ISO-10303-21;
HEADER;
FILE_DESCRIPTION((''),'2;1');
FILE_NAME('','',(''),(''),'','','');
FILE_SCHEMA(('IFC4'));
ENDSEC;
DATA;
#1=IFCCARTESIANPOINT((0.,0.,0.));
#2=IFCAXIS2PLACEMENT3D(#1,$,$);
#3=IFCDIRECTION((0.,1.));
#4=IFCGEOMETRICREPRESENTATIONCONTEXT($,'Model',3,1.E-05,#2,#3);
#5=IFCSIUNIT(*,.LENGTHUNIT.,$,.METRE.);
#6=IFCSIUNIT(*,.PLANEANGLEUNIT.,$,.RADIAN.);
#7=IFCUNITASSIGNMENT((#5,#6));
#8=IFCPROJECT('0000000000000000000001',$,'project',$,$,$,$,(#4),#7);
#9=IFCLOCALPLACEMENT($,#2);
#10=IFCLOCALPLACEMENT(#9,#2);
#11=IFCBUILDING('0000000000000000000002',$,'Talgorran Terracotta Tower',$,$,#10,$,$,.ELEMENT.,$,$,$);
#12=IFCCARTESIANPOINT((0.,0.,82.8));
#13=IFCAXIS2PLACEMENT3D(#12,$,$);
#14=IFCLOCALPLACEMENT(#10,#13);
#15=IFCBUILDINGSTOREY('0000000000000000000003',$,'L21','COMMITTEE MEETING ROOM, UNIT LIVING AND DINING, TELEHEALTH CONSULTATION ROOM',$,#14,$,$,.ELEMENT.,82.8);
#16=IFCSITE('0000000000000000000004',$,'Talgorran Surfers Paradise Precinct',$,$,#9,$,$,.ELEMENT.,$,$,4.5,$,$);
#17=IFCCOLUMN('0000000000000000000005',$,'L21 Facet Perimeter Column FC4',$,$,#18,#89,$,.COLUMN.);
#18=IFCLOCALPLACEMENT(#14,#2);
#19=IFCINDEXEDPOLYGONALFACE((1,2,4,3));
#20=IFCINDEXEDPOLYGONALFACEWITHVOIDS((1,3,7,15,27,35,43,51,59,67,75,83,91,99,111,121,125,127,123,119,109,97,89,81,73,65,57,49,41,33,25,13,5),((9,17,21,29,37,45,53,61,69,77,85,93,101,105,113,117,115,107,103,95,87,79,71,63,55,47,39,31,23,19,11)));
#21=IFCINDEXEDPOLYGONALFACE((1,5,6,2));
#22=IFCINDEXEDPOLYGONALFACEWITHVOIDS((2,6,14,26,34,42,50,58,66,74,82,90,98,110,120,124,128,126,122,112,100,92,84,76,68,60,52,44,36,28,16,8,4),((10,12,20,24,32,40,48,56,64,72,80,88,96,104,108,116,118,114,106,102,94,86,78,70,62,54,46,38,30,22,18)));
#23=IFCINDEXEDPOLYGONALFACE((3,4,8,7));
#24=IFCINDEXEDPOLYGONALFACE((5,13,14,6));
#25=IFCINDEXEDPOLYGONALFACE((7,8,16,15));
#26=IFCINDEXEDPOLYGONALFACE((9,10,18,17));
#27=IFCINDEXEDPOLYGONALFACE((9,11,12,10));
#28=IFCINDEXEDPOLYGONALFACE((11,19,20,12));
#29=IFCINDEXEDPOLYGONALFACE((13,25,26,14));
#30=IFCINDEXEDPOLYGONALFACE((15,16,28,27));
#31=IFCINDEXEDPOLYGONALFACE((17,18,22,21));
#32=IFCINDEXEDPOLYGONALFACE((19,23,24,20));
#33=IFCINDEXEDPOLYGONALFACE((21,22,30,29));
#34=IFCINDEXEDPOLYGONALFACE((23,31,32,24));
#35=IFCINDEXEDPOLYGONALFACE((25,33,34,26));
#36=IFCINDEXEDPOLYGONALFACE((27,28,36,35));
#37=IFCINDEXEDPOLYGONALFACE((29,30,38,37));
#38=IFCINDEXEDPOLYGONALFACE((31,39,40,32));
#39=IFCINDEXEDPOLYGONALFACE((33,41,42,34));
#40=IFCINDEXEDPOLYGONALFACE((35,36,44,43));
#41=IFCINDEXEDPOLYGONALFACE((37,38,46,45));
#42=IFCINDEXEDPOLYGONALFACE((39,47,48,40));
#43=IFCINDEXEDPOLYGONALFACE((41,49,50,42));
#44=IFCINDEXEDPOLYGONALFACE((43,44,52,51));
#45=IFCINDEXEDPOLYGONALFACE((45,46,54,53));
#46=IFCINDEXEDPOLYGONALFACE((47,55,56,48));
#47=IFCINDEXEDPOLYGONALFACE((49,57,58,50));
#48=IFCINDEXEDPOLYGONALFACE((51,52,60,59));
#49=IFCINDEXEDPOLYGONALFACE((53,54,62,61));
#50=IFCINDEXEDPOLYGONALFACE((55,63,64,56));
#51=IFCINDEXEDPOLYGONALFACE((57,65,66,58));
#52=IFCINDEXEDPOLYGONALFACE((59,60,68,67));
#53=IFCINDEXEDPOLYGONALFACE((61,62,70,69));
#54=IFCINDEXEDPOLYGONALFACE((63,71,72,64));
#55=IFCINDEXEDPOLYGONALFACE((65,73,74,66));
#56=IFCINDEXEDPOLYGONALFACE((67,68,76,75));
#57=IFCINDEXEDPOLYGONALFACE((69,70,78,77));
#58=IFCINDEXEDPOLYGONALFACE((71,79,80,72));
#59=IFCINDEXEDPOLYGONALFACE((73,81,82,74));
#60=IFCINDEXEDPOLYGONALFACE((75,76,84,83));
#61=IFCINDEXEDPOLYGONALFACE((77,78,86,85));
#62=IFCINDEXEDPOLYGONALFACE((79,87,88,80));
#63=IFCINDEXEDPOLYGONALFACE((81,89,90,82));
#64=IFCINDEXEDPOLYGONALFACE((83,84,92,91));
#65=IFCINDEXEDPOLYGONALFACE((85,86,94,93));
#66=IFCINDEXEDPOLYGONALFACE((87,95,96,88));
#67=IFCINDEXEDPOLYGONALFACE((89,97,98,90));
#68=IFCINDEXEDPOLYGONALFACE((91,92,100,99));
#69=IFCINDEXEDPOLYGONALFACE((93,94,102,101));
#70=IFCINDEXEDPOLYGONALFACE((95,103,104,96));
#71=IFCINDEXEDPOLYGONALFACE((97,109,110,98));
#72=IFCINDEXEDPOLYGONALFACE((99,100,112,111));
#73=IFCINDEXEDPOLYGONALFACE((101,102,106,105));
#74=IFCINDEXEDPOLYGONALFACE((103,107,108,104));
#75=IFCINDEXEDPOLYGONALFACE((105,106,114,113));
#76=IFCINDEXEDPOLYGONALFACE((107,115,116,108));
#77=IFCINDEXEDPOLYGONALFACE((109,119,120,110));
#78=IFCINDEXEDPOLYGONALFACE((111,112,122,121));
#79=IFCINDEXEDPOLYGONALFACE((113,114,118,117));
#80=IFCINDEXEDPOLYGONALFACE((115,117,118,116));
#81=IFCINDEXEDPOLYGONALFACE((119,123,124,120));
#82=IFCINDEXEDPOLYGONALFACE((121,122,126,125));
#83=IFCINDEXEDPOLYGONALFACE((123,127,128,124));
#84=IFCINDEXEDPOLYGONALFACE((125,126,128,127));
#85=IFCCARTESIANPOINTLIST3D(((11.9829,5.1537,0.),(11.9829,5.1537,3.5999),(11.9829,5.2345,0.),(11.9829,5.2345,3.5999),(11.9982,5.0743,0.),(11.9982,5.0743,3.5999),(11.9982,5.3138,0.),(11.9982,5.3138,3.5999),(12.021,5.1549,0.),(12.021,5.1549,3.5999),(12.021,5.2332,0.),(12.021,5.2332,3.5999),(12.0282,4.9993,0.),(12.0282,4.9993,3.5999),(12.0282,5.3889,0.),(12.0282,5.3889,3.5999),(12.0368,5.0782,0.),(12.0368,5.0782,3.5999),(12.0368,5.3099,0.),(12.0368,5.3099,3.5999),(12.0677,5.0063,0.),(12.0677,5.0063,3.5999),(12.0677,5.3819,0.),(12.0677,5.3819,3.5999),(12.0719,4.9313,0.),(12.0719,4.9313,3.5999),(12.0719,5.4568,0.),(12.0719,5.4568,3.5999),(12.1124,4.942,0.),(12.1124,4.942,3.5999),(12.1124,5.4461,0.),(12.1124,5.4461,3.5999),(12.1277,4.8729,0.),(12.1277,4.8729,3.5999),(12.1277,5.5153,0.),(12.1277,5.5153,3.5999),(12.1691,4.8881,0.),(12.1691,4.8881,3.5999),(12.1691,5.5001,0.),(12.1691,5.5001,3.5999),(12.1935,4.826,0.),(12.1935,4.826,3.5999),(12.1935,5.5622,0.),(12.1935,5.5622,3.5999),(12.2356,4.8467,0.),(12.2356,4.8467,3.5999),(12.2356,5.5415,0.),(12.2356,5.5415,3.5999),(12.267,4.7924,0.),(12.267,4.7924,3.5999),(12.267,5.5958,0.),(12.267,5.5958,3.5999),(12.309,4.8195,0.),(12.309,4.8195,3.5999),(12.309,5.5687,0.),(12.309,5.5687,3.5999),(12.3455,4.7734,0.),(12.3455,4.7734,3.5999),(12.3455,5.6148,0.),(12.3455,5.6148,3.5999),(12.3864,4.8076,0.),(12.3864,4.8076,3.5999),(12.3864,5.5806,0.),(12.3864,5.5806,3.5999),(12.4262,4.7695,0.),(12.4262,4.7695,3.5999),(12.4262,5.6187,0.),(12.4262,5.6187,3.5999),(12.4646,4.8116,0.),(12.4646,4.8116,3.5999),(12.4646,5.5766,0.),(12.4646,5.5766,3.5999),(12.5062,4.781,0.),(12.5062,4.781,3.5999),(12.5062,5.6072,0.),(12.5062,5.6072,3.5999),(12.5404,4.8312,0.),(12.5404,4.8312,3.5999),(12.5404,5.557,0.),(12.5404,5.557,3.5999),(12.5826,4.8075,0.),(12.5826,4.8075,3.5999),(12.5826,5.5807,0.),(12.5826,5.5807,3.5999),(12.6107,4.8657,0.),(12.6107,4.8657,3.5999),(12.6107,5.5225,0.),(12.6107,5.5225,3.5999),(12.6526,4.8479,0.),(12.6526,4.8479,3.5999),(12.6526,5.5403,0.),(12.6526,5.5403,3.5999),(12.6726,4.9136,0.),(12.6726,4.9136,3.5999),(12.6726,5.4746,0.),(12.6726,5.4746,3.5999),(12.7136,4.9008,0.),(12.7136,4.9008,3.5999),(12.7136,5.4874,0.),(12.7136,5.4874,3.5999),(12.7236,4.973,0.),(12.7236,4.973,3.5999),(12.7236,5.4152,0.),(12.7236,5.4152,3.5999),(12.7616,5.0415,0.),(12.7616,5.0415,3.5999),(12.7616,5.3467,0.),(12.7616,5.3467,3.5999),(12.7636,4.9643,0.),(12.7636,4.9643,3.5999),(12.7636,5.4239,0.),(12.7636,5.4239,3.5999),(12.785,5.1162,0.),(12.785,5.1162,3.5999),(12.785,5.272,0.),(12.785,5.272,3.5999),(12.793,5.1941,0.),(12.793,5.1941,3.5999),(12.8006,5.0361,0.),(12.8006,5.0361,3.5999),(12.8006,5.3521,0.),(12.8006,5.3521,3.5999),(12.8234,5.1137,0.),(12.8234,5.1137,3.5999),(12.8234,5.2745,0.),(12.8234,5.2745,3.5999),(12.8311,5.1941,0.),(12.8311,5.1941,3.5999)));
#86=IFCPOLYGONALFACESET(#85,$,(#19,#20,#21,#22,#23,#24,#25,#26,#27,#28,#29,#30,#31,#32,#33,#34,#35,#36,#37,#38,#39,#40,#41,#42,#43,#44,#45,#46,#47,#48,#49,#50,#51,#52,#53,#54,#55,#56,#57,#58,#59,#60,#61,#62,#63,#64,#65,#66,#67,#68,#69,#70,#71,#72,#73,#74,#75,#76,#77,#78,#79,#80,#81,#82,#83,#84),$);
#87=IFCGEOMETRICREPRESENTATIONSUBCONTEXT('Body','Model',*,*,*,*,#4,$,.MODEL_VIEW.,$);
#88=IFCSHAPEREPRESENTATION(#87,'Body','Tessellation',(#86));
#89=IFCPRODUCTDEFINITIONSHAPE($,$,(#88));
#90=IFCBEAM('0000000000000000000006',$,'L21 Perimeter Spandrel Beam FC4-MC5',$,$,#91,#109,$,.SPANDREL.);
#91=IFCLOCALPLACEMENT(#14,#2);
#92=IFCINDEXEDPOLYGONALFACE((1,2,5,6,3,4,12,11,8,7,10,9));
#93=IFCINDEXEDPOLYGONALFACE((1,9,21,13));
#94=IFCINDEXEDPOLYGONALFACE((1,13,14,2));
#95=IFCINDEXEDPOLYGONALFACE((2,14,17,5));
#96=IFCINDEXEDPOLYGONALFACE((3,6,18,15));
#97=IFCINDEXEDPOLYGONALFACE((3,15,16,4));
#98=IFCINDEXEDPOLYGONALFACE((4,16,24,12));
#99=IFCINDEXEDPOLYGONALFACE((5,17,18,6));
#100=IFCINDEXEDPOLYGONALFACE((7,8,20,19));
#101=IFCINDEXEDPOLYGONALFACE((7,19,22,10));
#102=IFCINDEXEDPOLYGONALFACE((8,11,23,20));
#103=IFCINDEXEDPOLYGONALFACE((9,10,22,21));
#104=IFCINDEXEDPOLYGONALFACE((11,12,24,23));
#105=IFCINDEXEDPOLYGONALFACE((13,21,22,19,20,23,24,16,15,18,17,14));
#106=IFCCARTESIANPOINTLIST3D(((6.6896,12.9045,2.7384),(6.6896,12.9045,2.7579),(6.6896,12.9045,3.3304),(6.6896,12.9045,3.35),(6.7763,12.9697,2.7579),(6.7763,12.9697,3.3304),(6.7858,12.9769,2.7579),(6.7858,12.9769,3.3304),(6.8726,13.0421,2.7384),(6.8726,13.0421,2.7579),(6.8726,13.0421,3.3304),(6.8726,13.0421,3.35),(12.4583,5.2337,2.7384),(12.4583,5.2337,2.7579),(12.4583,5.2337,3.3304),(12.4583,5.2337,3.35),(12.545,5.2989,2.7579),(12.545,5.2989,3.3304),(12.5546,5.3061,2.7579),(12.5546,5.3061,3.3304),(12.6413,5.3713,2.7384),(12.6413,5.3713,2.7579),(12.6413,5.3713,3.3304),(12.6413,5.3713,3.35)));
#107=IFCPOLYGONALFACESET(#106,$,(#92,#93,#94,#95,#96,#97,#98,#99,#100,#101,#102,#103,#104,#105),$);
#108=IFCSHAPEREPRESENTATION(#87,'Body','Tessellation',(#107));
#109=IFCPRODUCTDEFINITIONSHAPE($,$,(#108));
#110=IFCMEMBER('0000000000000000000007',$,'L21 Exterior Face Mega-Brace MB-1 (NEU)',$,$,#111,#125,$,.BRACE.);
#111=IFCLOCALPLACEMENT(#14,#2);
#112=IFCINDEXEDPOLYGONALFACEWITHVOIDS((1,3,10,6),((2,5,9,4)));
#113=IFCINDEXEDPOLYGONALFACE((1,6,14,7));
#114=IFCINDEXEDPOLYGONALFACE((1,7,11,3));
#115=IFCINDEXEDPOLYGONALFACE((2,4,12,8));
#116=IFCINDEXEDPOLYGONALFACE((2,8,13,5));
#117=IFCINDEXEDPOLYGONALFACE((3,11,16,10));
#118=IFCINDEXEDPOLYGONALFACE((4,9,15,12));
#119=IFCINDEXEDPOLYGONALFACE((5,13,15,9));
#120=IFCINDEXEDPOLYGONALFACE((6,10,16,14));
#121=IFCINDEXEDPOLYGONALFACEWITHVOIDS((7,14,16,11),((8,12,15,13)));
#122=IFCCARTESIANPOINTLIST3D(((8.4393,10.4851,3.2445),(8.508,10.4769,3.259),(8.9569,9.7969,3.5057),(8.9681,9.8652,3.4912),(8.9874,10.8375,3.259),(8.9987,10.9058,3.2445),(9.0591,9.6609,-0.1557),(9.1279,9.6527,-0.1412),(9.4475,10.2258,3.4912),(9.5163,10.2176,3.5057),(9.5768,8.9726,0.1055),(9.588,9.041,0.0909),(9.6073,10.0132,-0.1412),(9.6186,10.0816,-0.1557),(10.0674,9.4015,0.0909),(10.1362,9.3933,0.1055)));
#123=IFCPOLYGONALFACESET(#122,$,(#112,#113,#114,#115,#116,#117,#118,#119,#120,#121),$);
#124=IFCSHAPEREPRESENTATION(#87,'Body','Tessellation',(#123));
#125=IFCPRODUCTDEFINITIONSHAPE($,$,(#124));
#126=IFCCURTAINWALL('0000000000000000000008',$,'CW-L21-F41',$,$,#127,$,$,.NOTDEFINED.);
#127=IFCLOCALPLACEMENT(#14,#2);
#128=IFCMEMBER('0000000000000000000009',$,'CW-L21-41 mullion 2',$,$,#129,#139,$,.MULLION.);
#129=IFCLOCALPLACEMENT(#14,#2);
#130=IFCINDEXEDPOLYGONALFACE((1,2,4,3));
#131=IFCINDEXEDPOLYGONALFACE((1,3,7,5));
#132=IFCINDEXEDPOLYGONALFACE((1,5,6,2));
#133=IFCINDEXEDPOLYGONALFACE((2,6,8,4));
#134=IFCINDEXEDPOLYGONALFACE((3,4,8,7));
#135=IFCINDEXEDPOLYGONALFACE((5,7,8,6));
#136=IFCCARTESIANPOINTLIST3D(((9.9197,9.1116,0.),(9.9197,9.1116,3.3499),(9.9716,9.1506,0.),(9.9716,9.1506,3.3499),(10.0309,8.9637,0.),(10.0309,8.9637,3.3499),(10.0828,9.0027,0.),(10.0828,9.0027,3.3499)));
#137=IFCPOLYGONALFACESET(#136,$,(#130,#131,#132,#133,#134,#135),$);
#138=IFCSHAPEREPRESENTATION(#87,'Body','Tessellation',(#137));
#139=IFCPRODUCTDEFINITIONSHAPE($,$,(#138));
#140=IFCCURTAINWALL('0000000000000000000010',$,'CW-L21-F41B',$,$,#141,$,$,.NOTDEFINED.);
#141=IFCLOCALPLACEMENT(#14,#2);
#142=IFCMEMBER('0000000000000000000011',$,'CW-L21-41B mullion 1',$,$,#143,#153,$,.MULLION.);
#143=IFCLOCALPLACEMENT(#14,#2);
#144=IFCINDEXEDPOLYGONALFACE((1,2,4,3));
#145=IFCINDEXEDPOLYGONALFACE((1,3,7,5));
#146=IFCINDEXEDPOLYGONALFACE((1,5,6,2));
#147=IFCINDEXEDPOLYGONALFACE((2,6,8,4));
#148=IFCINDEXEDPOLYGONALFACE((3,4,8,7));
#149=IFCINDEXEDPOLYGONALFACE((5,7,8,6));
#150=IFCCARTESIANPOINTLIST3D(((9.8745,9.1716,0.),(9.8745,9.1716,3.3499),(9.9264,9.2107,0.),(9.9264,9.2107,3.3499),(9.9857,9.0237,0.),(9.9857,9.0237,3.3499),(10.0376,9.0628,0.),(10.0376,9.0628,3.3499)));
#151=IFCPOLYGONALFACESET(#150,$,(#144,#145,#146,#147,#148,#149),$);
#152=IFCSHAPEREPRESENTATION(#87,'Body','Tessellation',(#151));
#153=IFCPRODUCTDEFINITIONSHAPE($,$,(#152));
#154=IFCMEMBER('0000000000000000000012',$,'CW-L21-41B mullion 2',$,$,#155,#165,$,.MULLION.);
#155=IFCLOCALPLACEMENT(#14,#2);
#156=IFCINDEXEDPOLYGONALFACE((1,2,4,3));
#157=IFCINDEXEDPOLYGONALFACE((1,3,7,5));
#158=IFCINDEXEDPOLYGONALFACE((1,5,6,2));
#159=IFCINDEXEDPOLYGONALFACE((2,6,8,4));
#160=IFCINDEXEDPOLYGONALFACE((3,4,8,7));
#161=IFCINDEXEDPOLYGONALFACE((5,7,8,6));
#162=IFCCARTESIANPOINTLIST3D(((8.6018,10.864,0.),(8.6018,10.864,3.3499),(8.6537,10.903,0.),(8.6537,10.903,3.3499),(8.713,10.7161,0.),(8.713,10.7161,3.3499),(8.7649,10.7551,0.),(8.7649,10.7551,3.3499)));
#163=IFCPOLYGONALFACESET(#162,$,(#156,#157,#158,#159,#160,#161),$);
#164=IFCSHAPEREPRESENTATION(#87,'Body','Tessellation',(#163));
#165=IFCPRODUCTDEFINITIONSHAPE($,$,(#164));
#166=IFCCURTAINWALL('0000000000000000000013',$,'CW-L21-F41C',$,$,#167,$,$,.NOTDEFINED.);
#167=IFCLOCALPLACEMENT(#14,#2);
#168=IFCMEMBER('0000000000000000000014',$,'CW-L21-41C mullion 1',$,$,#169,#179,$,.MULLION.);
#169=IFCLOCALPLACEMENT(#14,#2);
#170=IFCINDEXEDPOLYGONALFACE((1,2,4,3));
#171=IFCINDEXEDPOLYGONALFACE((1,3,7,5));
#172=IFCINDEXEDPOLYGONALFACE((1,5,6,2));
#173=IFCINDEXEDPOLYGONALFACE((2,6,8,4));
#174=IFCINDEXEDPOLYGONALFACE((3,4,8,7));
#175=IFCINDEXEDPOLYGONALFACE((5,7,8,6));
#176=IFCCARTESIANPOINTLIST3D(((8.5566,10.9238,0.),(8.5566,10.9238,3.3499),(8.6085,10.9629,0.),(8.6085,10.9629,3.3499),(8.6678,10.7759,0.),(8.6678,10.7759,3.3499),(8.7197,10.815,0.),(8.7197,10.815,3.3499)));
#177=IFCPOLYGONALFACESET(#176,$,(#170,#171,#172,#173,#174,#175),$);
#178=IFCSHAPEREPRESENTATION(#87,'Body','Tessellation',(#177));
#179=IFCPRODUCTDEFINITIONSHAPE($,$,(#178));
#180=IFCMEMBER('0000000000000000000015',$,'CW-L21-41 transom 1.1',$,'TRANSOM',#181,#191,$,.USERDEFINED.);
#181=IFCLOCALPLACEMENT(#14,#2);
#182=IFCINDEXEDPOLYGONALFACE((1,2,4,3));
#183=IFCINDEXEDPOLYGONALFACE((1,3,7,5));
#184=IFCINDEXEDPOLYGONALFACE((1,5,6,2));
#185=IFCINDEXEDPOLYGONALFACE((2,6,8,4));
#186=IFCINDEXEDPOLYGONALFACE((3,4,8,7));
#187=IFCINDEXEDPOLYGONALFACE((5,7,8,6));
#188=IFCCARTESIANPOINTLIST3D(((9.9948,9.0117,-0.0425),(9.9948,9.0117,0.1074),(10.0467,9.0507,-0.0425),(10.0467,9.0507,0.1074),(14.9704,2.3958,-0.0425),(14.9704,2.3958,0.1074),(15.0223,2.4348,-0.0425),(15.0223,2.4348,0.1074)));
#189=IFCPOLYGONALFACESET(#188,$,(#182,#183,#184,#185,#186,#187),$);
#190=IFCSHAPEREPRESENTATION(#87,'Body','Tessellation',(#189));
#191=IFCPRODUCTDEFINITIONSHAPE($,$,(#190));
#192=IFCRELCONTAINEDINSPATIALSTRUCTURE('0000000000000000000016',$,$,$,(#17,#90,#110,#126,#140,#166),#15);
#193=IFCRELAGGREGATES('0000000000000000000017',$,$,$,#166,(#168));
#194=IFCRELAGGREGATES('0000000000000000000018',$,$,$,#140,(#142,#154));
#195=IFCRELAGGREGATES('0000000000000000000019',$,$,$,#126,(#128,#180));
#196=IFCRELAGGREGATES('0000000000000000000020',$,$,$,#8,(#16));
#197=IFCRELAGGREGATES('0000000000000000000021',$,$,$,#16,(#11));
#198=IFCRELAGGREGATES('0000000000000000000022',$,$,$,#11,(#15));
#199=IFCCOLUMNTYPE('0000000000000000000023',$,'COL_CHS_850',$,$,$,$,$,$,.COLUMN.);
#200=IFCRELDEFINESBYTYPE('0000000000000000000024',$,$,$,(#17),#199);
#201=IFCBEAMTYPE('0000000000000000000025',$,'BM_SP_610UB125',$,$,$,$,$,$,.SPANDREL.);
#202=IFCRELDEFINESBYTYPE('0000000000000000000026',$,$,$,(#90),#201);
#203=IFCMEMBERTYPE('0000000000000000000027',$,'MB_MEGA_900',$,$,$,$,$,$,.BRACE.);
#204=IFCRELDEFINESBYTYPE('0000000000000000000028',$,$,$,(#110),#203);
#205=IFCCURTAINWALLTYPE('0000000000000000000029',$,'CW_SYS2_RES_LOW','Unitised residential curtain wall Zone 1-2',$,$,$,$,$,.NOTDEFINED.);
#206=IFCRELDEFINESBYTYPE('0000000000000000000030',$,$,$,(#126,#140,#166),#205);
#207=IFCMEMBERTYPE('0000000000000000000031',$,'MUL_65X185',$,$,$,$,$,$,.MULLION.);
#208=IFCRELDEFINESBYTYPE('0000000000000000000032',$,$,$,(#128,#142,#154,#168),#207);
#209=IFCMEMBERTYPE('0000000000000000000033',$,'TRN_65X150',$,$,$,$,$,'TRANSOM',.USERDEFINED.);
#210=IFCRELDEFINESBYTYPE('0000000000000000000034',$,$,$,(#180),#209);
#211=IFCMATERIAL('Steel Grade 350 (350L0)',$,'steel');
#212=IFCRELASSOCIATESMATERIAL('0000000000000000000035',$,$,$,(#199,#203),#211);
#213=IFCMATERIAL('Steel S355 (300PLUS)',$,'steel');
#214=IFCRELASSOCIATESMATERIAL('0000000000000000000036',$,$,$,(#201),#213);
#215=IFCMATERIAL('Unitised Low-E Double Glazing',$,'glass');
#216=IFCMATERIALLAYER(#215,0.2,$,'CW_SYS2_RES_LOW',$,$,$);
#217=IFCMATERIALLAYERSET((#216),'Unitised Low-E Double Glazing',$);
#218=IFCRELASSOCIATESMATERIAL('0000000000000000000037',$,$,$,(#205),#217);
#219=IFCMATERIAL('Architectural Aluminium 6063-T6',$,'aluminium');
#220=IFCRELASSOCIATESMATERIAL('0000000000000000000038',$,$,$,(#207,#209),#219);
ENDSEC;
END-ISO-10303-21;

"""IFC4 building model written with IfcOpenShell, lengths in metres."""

from ifc_helpers import new_model, si_unit, direction, frame, origin, origin_2d, place, context, subcontext, project, spatial, rectangle, hollow_rectangle, hollow_circle, i_section, extrude, material, layer, layer_set, material_profile, profile_set, type_object, element, aggregate, save


model = new_model("IFC4")

# Units and contexts
model_context = context("Model", 3, precision=1e-05, world=origin(), true_north=direction((0.0, 1.0)))
body_context = subcontext(model_context, "Body", "Model", "MODEL_VIEW")
ifc_project = project(units=[si_unit("LENGTHUNIT", "METRE"), si_unit("PLANEANGLEUNIT", "RADIAN")], contexts=[model_context])

# Site, building, storey
site_placement = place(None, origin())
site = spatial("IfcSite", under=ifc_project, at=site_placement, Name="Talgorran Surfers Paradise Precinct", CompositionType="ELEMENT", RefElevation=4.5)
building_placement = place(site_placement, origin())
building = spatial("IfcBuilding", under=site, at=building_placement, Name="Talgorran Terracotta Tower", CompositionType="ELEMENT")
storey_placement = place(building_placement, frame((0.0, 0.0, 82.8)))
storey = spatial("IfcBuildingStorey", under=building, at=storey_placement, Name="L21", Description="COMMITTEE MEETING ROOM, UNIT LIVING AND DINING, TELEHEALTH CONSULTATION ROOM", CompositionType="ELEMENT", Elevation=82.8)

# Column
ifc_material_1 = material(Name="Steel Grade 350 (350L0)", Category="steel")
ifc_material_profile_1 = material_profile(ifc_material_1, hollow_circle(Radius=0.425, WallThickness=0.0381, at=origin_2d()), Name="CHS850X38")
ifc_profile_set_1 = profile_set([ifc_material_profile_1], Name="Steel Grade 350 (350L0)")
column_type = type_object("IfcColumnType", Name="COL_CHS_850", PredefinedType="COLUMN", material=ifc_profile_set_1)
column_placement = place(storey_placement, frame((12.406, 5.1941, 0.0), z_axis=(0.0, 0.0, 1.0), x_axis=(1.0, 0.0, 0.0)))
element("IfcColumn", 1, at=column_placement, inside=storey, type_object=column_type, Name="L21 Facet Perimeter Column FC4", PredefinedType="COLUMN", context=body_context, shape_type="SweptSolid", body=[
    extrude(hollow_circle(Radius=0.425, WallThickness=0.0381, at=origin_2d()), origin(), (0.0, 0.0, 1.0), 3.5999),
])

# Beam
ifc_material_2 = material(Name="Steel S355 (300PLUS)", Category="steel")
ifc_material_profile_2 = material_profile(ifc_material_2, i_section(OverallWidth=0.229, OverallDepth=0.6116, WebThickness=0.012, FlangeThickness=0.0195, at=origin_2d()), Name="610UB125")
ifc_profile_set_2 = profile_set([ifc_material_profile_2], Name="Steel S355 (300PLUS)")
beam_type = type_object("IfcBeamType", Name="BM_SP_610UB125", PredefinedType="SPANDREL", material=ifc_profile_set_2)
beam_placement = place(storey_placement, frame((12.5498, 5.3025, 3.0442), z_axis=(-0.601041, 0.799218, 0.0), x_axis=(-0.799218, -0.601041, 0.0)))
element("IfcBeam", 2, at=beam_placement, inside=storey, type_object=beam_type, Name="L21 Perimeter Spandrel Beam FC4-MC5", PredefinedType="SPANDREL", context=body_context, shape_type="SweptSolid", body=[
    extrude(i_section(OverallWidth=0.229, OverallDepth=0.6116, WebThickness=0.012, FlangeThickness=0.0195, at=origin_2d()), origin(), (0.0, 0.0, 1.0), 9.5979),
])

# Member
ifc_material_profile_3 = material_profile(ifc_material_1, hollow_rectangle(XDim=0.7, YDim=0.8999, WallThickness=0.05, at=origin_2d()), Name="WBOX900X700X50")
ifc_profile_set_3 = profile_set([ifc_material_profile_3], Name="Steel Grade 350 (350L0)")
member_type_1 = type_object("IfcMemberType", Name="MB_MEGA_900", PredefinedType="BRACE", material=ifc_profile_set_3)
member_1_placement = place(storey_placement, frame((9.5977, 9.5271, -0.0251), z_axis=(-0.174459, 0.231971, 0.95695), x_axis=(-0.799204, -0.60106, 0.0)))
element("IfcMember", 3, at=member_1_placement, inside=storey, type_object=member_type_1, Name="L21 Exterior Face Mega-Brace MB-1 (NEU)", PredefinedType="BRACE", context=body_context, shape_type="SweptSolid", body=[
    extrude(hollow_rectangle(XDim=0.7, YDim=0.8999, WallThickness=0.05, at=origin_2d()), origin(), (0.0, 0.0, 1.0), 3.5532),
])

# Curtain wall, member
ifc_material_3 = material(Name="Unitised Low-E Double Glazing", Category="glass")
ifc_layer_1 = layer(ifc_material_3, 0.2, Name="CW_SYS2_RES_LOW")
ifc_layer_set_1 = layer_set([ifc_layer_1], Name="Unitised Low-E Double Glazing")
curtain_wall_type = type_object("IfcCurtainWallType", Name="CW_SYS2_RES_LOW", Description="Unitised residential curtain wall Zone 1-2", PredefinedType="NOTDEFINED", material=ifc_layer_set_1)
curtain_wall_1_placement = place(storey_placement, origin())
curtain_wall_1 = element("IfcCurtainWall", 4, at=curtain_wall_1_placement, inside=storey, type_object=curtain_wall_type, Name="CW-L21-F41", PredefinedType="NOTDEFINED")
ifc_material_4 = material(Name="Architectural Aluminium 6063-T6", Category="aluminium")
ifc_material_profile_4 = material_profile(ifc_material_4, rectangle(XDim=0.0649, YDim=0.1851, at=origin_2d()), Name="CWM65X185")
ifc_profile_set_4 = profile_set([ifc_material_profile_4], Name="Architectural Aluminium 6063-T6")
member_type_2 = type_object("IfcMemberType", Name="MUL_65X185", PredefinedType="MULLION", material=ifc_profile_set_4)
member_2_placement = place(storey_placement, frame((10.0012, 9.0571, 0.0), z_axis=(0.0, 0.0, 1.0), x_axis=(-0.799213, -0.601048, 0.0)))
member_2 = element("IfcMember", 5, at=member_2_placement, type_object=member_type_2, Name="CW-L21-41 mullion 2", PredefinedType="MULLION", context=body_context, shape_type="SweptSolid", body=[
    extrude(rectangle(XDim=0.0649, YDim=0.1851, at=origin_2d()), origin(), (0.0, 0.0, 1.0), 3.3499),
])

# Curtain wall, members
curtain_wall_2_placement = place(storey_placement, origin())
curtain_wall_2 = element("IfcCurtainWall", 6, at=curtain_wall_2_placement, inside=storey, type_object=curtain_wall_type, Name="CW-L21-F41B", PredefinedType="NOTDEFINED")
member_3_placement = place(storey_placement, frame((9.9561, 9.1172, 0.0), z_axis=(0.0, 0.0, 1.0), x_axis=(-0.799191, -0.601077, 0.0)))
member_3 = element("IfcMember", 7, at=member_3_placement, type_object=member_type_2, Name="CW-L21-41B mullion 1", PredefinedType="MULLION", context=body_context, shape_type="SweptSolid", body=[
    extrude(rectangle(XDim=0.0649, YDim=0.1851, at=origin_2d()), origin(), (0.0, 0.0, 1.0), 3.3499),
])
member_4_placement = place(storey_placement, frame((8.6833, 10.8096, 0.0), z_axis=(0.0, 0.0, 1.0), x_axis=(-0.799191, -0.601077, 0.0)))
member_4 = element("IfcMember", 8, at=member_4_placement, type_object=member_type_2, Name="CW-L21-41B mullion 2", PredefinedType="MULLION", context=body_context, shape_type="SweptSolid", body=[
    extrude(rectangle(XDim=0.0649, YDim=0.1851, at=origin_2d()), origin(), (0.0, 0.0, 1.0), 3.3499),
])

# Curtain wall, member
curtain_wall_3_placement = place(storey_placement, origin())
curtain_wall_3 = element("IfcCurtainWall", 9, at=curtain_wall_3_placement, inside=storey, type_object=curtain_wall_type, Name="CW-L21-F41C", PredefinedType="NOTDEFINED")
member_5_placement = place(storey_placement, frame((8.6382, 10.8694, 0.0), z_axis=(0.0, 0.0, 1.0), x_axis=(-0.799213, -0.601048, 0.0)))
member_5 = element("IfcMember", 10, at=member_5_placement, type_object=member_type_2, Name="CW-L21-41C mullion 1", PredefinedType="MULLION", context=body_context, shape_type="SweptSolid", body=[
    extrude(rectangle(XDim=0.0649, YDim=0.1851, at=origin_2d()), origin(), (0.0, 0.0, 1.0), 3.3499),
])
aggregate(curtain_wall_3, [member_5])

# Member
ifc_material_profile_5 = material_profile(ifc_material_4, rectangle(XDim=0.0649, YDim=0.1499, at=origin_2d()), Name="CWT65X150")
ifc_profile_set_5 = profile_set([ifc_material_profile_5], Name="Architectural Aluminium 6063-T6")
member_type_3 = type_object("IfcMemberType", Name="TRN_65X150", ElementType="TRANSOM", PredefinedType="USERDEFINED", material=ifc_profile_set_5)
member_6_placement = place(storey_placement, frame((14.9963, 2.4153, 0.0325), z_axis=(-0.601052, 0.79921, 0.0), x_axis=(-0.79921, -0.601052, 0.0)))
member_6 = element("IfcMember", 11, at=member_6_placement, type_object=member_type_3, Name="CW-L21-41 transom 1.1", ObjectType="TRANSOM", PredefinedType="USERDEFINED", context=body_context, shape_type="SweptSolid", body=[
    extrude(rectangle(XDim=0.0649, YDim=0.1499, at=origin_2d()), origin(), (0.0, 0.0, 1.0), 8.2781),
])

aggregate(curtain_wall_2, [member_3, member_4])
aggregate(curtain_wall_1, [member_2, member_6])

save(model, "model.ifc")
